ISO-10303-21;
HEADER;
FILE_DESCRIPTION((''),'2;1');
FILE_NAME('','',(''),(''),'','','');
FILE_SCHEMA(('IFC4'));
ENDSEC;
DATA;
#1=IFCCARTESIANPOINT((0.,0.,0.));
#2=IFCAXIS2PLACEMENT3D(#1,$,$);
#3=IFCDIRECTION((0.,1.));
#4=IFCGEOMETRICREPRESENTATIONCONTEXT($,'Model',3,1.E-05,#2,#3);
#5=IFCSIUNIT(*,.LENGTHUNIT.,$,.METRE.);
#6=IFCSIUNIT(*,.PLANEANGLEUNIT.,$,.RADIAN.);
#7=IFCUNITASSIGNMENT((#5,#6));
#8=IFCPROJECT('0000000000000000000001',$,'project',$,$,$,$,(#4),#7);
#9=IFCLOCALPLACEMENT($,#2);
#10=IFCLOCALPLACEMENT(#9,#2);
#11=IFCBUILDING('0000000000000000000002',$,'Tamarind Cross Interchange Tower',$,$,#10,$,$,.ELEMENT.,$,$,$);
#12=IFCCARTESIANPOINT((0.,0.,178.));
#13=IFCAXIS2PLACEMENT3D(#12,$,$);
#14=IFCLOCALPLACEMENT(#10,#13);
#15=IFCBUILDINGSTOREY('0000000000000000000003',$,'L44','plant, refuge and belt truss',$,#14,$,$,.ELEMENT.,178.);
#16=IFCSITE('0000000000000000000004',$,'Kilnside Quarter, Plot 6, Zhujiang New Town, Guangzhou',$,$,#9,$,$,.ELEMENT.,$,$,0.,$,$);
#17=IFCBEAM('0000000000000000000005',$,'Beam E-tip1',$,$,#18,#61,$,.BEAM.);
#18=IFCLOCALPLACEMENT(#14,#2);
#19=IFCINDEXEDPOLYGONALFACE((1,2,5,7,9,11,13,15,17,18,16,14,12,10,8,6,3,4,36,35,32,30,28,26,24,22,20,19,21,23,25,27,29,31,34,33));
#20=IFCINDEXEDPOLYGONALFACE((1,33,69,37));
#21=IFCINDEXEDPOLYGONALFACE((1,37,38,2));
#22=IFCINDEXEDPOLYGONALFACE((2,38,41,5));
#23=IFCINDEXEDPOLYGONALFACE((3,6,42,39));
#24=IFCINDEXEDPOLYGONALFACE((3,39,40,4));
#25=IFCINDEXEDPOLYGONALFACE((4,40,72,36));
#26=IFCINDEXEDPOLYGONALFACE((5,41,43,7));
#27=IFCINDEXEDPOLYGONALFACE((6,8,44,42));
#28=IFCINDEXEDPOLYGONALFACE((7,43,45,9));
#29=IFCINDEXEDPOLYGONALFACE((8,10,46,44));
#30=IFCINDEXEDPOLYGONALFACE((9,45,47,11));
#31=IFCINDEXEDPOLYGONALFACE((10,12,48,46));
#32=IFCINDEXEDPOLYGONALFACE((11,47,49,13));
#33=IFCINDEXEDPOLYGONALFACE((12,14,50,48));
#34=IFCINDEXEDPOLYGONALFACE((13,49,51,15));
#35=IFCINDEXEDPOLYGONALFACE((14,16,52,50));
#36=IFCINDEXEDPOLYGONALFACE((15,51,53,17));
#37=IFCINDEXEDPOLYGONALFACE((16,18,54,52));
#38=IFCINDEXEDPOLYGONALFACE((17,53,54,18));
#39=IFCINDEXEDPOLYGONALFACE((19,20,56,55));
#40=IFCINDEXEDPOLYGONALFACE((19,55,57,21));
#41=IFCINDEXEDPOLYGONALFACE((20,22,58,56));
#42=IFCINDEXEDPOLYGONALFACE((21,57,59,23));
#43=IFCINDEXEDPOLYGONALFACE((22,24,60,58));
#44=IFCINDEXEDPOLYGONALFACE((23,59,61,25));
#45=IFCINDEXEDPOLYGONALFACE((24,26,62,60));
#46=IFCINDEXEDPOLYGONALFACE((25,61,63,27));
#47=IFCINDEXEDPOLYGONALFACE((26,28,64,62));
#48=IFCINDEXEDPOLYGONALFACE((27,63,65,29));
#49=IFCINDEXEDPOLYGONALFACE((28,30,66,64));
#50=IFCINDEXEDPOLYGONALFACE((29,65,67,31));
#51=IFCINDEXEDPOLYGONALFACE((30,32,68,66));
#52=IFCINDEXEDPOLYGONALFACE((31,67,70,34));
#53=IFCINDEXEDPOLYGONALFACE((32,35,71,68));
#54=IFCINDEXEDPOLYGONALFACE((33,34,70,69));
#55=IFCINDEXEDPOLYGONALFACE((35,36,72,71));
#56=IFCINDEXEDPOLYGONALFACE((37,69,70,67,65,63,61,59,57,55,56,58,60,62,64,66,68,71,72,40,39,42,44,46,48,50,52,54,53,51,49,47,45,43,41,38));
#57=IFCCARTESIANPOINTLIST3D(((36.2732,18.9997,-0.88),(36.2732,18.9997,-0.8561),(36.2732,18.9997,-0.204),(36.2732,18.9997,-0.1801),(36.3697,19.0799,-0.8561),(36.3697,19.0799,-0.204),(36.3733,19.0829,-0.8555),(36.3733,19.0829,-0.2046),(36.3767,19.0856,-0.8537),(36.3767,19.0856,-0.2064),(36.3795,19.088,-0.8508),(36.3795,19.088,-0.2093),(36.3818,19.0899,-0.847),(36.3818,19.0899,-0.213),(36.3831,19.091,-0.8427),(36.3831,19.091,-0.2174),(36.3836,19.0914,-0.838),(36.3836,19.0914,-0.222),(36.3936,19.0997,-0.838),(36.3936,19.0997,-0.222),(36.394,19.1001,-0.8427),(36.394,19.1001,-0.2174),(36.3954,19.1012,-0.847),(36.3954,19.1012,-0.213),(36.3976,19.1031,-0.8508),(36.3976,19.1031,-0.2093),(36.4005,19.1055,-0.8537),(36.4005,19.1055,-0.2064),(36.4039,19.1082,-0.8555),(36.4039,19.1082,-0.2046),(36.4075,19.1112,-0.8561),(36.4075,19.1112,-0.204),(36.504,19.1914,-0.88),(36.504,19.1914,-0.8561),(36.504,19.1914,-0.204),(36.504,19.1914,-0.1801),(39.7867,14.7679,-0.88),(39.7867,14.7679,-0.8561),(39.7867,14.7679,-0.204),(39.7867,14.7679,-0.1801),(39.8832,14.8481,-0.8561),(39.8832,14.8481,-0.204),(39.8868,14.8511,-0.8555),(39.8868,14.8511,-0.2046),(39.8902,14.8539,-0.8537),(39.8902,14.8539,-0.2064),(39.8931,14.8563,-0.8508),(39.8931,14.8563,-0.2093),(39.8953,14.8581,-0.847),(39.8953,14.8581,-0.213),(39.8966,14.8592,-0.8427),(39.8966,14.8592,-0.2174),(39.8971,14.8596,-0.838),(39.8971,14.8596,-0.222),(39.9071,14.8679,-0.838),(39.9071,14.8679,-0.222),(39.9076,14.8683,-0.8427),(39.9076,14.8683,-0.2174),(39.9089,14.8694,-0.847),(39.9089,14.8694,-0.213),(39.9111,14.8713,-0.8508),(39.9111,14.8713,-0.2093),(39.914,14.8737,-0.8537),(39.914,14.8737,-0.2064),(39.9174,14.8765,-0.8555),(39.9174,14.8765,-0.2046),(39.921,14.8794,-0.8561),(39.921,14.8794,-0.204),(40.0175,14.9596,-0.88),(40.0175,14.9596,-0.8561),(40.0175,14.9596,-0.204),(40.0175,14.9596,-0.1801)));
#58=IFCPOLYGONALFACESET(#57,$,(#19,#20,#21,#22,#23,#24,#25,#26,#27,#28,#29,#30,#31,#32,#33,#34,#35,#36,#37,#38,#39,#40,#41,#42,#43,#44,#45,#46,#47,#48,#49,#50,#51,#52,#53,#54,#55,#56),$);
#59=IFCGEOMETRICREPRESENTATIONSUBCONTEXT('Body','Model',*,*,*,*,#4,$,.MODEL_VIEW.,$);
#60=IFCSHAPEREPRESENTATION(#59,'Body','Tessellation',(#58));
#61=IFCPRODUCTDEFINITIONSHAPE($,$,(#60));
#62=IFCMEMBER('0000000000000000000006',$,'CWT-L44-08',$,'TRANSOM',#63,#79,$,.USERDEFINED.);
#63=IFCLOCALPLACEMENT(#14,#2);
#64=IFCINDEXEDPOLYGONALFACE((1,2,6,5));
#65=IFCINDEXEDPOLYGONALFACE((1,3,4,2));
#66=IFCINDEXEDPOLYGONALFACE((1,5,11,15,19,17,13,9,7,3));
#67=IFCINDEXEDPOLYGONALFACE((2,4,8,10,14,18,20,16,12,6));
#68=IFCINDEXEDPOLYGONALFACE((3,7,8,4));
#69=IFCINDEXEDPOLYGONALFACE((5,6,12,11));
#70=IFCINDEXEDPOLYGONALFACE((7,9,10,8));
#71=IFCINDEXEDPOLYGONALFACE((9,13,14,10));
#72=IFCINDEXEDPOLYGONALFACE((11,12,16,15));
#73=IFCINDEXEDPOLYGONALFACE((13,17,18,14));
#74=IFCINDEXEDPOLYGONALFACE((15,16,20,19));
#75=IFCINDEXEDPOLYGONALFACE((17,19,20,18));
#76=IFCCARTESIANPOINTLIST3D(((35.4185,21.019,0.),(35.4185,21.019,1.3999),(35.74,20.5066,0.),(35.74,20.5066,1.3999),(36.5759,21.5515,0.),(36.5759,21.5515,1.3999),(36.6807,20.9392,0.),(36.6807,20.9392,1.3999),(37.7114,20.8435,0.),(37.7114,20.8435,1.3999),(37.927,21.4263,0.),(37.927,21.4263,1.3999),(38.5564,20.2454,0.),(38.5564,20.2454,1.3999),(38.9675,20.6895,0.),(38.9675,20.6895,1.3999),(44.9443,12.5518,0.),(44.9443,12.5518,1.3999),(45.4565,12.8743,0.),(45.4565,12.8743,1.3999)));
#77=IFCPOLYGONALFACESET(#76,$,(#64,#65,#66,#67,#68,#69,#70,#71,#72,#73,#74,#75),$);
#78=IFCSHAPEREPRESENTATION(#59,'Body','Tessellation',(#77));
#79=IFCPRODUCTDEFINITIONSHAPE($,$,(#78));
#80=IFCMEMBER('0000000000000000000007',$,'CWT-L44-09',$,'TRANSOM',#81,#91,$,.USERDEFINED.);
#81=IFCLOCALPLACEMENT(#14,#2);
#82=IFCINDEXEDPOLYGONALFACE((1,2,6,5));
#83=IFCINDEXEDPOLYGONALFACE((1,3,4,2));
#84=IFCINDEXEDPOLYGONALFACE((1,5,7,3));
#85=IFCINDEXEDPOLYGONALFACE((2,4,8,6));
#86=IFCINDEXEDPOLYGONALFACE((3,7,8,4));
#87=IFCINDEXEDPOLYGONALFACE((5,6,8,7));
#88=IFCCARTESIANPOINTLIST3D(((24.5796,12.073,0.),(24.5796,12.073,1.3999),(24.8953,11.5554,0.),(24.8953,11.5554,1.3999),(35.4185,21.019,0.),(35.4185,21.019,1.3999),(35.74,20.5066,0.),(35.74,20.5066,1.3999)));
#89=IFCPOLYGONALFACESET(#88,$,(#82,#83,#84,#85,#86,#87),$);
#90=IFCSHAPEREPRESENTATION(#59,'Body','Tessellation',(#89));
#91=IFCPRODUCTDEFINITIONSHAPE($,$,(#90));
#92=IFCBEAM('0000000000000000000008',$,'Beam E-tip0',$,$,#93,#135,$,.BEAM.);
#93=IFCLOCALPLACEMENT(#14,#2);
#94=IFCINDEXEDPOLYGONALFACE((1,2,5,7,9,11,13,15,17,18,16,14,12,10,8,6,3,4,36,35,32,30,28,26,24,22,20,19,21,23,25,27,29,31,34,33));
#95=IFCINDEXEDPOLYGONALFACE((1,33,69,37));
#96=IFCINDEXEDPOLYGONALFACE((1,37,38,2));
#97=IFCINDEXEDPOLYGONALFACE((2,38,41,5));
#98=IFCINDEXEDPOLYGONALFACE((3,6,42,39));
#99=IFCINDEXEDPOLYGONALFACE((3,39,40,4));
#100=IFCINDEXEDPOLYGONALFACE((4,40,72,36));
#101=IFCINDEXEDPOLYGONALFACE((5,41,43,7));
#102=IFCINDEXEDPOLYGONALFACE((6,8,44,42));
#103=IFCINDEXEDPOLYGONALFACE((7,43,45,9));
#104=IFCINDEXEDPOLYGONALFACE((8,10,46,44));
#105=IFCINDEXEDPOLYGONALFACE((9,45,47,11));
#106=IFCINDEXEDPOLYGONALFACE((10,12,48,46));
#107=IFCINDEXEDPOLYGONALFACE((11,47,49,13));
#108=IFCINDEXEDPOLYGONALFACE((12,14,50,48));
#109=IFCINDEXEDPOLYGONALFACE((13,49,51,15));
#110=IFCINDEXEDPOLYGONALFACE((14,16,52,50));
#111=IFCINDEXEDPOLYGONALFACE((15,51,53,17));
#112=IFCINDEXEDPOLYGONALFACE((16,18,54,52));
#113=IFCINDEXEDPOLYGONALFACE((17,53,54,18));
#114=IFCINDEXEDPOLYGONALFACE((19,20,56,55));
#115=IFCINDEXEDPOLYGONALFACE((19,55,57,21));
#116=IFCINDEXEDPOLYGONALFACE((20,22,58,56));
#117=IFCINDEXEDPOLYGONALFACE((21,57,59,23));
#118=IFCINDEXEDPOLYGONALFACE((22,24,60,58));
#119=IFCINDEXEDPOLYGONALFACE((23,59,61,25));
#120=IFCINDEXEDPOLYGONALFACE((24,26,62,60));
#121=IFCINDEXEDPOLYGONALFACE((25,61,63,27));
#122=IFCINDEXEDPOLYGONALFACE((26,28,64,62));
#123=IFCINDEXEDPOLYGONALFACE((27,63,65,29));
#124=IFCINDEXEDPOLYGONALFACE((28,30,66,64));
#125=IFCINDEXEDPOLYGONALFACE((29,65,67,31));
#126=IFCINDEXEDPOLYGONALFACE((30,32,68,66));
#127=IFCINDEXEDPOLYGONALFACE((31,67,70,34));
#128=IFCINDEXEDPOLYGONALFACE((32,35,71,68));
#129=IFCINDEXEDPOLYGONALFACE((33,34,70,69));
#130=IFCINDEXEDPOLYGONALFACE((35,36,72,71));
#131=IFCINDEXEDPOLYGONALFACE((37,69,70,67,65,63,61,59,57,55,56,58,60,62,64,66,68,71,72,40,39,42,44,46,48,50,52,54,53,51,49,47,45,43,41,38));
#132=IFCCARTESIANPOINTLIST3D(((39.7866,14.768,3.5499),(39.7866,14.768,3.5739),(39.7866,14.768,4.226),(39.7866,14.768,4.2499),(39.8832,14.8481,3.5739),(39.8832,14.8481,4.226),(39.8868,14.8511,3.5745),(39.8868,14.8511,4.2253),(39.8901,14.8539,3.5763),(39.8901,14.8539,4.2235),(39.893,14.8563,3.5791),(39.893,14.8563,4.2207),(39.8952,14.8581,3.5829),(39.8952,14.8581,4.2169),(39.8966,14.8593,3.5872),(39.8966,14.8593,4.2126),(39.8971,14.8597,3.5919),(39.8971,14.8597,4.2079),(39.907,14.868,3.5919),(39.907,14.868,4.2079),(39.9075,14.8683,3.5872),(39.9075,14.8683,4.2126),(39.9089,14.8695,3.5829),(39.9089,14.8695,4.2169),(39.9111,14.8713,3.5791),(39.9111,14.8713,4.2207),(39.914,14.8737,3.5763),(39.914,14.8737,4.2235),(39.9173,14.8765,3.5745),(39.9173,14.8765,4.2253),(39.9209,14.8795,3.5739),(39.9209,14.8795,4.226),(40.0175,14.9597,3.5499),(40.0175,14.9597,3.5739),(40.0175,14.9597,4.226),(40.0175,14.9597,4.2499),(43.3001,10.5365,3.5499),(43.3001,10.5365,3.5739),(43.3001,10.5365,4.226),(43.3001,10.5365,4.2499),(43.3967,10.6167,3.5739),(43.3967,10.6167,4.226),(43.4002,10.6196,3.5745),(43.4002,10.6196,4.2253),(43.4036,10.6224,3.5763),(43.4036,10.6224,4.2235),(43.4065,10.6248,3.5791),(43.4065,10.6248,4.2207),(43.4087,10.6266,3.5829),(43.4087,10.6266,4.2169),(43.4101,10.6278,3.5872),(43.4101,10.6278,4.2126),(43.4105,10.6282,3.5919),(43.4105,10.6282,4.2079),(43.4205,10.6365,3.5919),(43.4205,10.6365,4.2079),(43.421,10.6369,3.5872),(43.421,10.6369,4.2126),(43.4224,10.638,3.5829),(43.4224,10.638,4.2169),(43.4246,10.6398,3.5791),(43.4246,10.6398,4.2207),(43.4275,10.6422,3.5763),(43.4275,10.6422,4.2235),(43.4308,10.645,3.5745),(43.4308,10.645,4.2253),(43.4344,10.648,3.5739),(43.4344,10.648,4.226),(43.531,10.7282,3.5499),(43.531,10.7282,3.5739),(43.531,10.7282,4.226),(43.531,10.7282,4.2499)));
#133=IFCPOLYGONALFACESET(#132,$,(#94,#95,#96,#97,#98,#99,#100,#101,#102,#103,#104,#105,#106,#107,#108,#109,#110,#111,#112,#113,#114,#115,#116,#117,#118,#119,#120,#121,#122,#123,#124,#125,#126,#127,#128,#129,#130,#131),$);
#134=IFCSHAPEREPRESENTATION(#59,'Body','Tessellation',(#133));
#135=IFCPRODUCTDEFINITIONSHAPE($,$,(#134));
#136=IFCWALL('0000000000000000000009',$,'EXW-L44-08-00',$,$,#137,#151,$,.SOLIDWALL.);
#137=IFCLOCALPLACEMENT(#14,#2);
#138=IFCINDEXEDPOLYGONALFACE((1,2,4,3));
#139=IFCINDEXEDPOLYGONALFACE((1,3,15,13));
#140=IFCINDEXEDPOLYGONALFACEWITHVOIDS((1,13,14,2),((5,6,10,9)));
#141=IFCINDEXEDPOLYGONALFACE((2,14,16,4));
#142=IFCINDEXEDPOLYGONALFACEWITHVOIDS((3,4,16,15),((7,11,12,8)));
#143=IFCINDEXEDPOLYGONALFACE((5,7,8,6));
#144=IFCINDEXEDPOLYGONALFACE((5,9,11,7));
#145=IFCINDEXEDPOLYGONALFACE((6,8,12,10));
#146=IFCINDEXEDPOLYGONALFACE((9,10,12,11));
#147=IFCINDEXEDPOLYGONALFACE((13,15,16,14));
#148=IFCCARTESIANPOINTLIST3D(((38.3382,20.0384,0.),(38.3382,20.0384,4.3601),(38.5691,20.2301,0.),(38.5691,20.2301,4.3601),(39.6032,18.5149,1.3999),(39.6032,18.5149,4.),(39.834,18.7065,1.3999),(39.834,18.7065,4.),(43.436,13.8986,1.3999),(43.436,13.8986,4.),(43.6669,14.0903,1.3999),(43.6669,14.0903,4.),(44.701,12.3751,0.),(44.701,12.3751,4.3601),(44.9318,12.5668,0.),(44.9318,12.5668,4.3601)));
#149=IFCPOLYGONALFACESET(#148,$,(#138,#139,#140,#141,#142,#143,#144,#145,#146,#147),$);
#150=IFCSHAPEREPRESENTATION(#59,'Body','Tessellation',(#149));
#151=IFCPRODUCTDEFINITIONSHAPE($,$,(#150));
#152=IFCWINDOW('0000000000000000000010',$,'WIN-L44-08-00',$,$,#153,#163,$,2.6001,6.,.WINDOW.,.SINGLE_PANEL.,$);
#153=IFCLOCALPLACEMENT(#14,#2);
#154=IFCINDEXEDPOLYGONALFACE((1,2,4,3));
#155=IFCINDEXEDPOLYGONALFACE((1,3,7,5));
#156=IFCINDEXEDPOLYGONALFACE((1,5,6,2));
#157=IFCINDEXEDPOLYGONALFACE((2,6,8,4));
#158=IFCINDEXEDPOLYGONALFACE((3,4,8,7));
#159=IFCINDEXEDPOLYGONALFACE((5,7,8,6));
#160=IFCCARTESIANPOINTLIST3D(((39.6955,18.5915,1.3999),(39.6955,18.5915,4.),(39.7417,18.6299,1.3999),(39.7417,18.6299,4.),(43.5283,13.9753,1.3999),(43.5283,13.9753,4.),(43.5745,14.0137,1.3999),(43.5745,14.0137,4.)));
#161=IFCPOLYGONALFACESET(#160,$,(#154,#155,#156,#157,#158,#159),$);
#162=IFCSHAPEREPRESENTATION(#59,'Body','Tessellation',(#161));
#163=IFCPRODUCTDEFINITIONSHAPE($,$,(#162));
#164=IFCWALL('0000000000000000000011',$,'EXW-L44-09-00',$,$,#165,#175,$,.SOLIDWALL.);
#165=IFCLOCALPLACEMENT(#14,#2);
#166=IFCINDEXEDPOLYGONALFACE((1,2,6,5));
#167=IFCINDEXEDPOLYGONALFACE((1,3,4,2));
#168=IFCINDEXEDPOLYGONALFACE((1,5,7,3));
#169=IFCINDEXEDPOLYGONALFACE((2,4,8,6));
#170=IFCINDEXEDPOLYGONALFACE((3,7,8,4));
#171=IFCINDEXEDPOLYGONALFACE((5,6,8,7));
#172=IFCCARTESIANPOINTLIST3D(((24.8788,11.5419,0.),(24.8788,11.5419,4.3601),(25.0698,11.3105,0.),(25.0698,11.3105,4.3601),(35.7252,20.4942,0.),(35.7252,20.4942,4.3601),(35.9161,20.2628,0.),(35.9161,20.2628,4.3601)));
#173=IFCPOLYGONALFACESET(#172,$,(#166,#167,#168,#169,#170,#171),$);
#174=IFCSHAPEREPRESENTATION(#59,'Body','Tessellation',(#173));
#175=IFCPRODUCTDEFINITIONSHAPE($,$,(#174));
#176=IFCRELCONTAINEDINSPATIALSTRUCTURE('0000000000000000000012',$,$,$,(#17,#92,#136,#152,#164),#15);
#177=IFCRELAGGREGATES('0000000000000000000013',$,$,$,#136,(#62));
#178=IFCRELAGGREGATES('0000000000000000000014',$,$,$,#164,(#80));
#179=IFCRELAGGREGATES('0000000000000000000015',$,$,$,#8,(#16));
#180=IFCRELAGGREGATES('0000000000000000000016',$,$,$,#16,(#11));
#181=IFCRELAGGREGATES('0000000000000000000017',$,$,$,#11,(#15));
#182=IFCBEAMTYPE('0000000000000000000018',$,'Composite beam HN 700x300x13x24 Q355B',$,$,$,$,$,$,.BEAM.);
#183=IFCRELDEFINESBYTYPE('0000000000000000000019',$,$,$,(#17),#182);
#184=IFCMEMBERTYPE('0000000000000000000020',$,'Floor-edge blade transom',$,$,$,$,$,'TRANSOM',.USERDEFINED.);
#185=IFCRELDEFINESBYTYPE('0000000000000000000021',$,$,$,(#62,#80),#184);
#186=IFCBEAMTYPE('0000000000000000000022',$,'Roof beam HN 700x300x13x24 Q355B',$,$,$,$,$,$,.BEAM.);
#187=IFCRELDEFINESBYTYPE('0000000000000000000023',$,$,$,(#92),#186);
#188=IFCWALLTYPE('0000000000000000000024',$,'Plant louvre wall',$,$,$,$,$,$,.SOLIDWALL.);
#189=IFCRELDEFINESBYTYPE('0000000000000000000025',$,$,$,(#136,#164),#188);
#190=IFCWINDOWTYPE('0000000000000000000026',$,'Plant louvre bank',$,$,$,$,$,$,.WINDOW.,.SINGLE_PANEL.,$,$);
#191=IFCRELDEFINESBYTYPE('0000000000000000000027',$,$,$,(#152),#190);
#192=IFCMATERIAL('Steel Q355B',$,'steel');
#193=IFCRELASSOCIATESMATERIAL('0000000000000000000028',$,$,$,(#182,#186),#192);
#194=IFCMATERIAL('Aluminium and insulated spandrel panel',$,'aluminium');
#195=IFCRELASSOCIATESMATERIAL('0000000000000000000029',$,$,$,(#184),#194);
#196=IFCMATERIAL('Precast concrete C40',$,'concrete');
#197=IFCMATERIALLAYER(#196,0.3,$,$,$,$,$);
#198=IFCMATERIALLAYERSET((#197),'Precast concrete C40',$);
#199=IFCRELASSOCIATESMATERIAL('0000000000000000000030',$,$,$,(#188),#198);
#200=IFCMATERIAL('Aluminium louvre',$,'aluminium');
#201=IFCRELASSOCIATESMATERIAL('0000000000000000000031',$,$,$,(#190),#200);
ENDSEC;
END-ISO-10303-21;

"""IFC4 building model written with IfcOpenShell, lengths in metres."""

from ifc_helpers import new_model, si_unit, direction, frame, frame_2d, origin, origin_2d, place, context, subcontext, project, spatial, polyline, rectangle, i_section, outline, extrude, material, layer, layer_set, material_profile, profile_set, type_object, element, fill, aggregate, save


model = new_model("IFC4")

# Units and contexts
model_context = context("Model", 3, precision=1e-05, world=origin(), true_north=direction((0.0, 1.0)))
body_context = subcontext(model_context, "Body", "Model", "MODEL_VIEW")
ifc_project = project(units=[si_unit("LENGTHUNIT", "METRE"), si_unit("PLANEANGLEUNIT", "RADIAN")], contexts=[model_context])

# Site, building, storey
site_placement = place(None, origin())
site = spatial("IfcSite", under=ifc_project, at=site_placement, Name="Kilnside Quarter, Plot 6, Zhujiang New Town, Guangzhou", CompositionType="ELEMENT", RefElevation=0.0)
building_placement = place(site_placement, origin())
building = spatial("IfcBuilding", under=site, at=building_placement, Name="Tamarind Cross Interchange Tower", CompositionType="ELEMENT")
storey_placement = place(building_placement, frame((0.0, 0.0, 178.0)))
storey = spatial("IfcBuildingStorey", under=building, at=storey_placement, Name="L44", Description="plant, refuge and belt truss", CompositionType="ELEMENT", Elevation=178.0)

# Beam
ifc_material_1 = material(Name="Steel Q355B", Category="steel")
ifc_material_profile_1 = material_profile(ifc_material_1, i_section(OverallWidth=0.3, OverallDepth=0.7, WebThickness=0.0129, FlangeThickness=0.0239, FilletRadius=0.0181, at=origin_2d()), Name="HN 700x300x13x24")
ifc_profile_set_1 = profile_set([ifc_material_profile_1], Name="Steel Q355B")
beam_type_1 = type_object("IfcBeamType", Name="Composite beam HN 700x300x13x24 Q355B", PredefinedType="BEAM", material=ifc_profile_set_1)
beam_1_placement = place(storey_placement, frame((39.9021, 14.8638, -0.53), z_axis=(-0.638791, 0.769381, 0.0), x_axis=(-0.769381, -0.638791, 0.0)))
element("IfcBeam", 1, at=beam_1_placement, inside=storey, type_object=beam_type_1, Name="Beam E-tip1", PredefinedType="BEAM", context=body_context, shape_type="SweptSolid", body=[
    extrude(i_section(OverallWidth=0.3, OverallDepth=0.7, WebThickness=0.0129, FlangeThickness=0.0239, FilletRadius=0.0181, at=origin_2d()), origin(), (0.0, 0.0, 1.0), 5.5002),
])

# Members
ifc_material_2 = material(Name="Aluminium and insulated spandrel panel", Category="aluminium")
member_type_1 = type_object("IfcMemberType", Name="Floor-edge blade transom", ElementType="TRANSOM", PredefinedType="USERDEFINED", material=ifc_material_2)
member_1_placement = place(storey_placement, origin())
member_1 = element("IfcMember", 2, at=member_1_placement, type_object=member_type_1, Name="CWT-L44-08", ObjectType="TRANSOM", PredefinedType="USERDEFINED", context=body_context, shape_type="SweptSolid", body=[
    extrude(outline(polyline([(44.9443, 12.5518), (38.5564, 20.2454), (37.7114, 20.8435), (36.6807, 20.9392), (35.74, 20.5066), (35.4185, 21.019), (36.5759, 21.5515), (37.927, 21.4263), (38.9675, 20.6895), (45.4565, 12.8743), (44.9443, 12.5518)])), origin(), (0.0, 0.0, 1.0), 1.3999),
])
member_2_placement = place(storey_placement, origin())
member_2 = element("IfcMember", 3, at=member_2_placement, type_object=member_type_1, Name="CWT-L44-09", ObjectType="TRANSOM", PredefinedType="USERDEFINED", context=body_context, shape_type="SweptSolid", body=[
    extrude(outline(polyline([(35.74, 20.5066), (24.8953, 11.5554), (24.5796, 12.073), (35.4185, 21.019), (35.74, 20.5066)])), origin(), (0.0, 0.0, 1.0), 1.3999),
])

# Beam
ifc_material_profile_2 = material_profile(ifc_material_1, i_section(OverallWidth=0.3, OverallDepth=0.7, WebThickness=0.0129, FlangeThickness=0.0239, FilletRadius=0.0181, at=origin_2d()), Name="HN 700x300x13x24")
ifc_profile_set_2 = profile_set([ifc_material_profile_2], Name="Steel Q355B")
beam_type_2 = type_object("IfcBeamType", Name="Roof beam HN 700x300x13x24 Q355B", PredefinedType="BEAM", material=ifc_profile_set_2)
beam_2_placement = place(storey_placement, frame((43.4155, 10.6323, 3.8999), z_axis=(-0.638812, 0.769363, 0.0), x_axis=(-0.769363, -0.638812, 0.0)))
element("IfcBeam", 4, at=beam_2_placement, inside=storey, type_object=beam_type_2, Name="Beam E-tip0", PredefinedType="BEAM", context=body_context, shape_type="SweptSolid", body=[
    extrude(i_section(OverallWidth=0.3, OverallDepth=0.7, WebThickness=0.0129, FlangeThickness=0.0239, FilletRadius=0.0181, at=origin_2d()), origin(), (0.0, 0.0, 1.0), 5.5),
])

# Wall, opening, window
ifc_material_3 = material(Name="Precast concrete C40", Category="concrete")
ifc_layer_1 = layer(ifc_material_3, 0.3)
ifc_layer_set_1 = layer_set([ifc_layer_1], Name="Precast concrete C40")
wall_type_1 = type_object("IfcWallType", Name="Plant louvre wall", PredefinedType="SOLIDWALL", material=ifc_layer_set_1)
ifc_material_4 = material(Name="Aluminium louvre", Category="aluminium")
window_type = type_object("IfcWindowType", Name="Plant louvre bank", PartitioningType="SINGLE_PANEL", PredefinedType="WINDOW", material=ifc_material_4)
wall_1_placement = place(storey_placement, frame((44.8164, 12.4709, 0.0), z_axis=(0.0, 0.0, 1.0), x_axis=(-0.638802, 0.769371, 0.0)))
wall_1 = element("IfcWall", 5, at=wall_1_placement, inside=storey, type_object=wall_type_1, Name="EXW-L44-08-00", PredefinedType="SOLIDWALL", context=body_context, shape_type="SweptSolid", body=[
    extrude(rectangle(XDim=9.9604, YDim=0.3, at=frame_2d((4.9802, 0.0))), origin(), (0.0, 0.0, 1.0), 4.3601),
])
opening_1_placement = place(wall_1_placement, frame((1.9802, 0.0, 1.3999)))
opening_1 = element("IfcOpeningElement", 6, at=opening_1_placement, cuts=wall_1, PredefinedType="OPENING", context=body_context, shape_type="SweptSolid", body=[
    extrude(rectangle(XDim=6.0, YDim=2.6001, at=frame_2d((3.0, 1.3))), frame((0.0, 0.1599, 0.0), z_axis=(0.0, -1.0, 0.0), x_axis=(1.0, 0.0, 0.0)), (0.0, 0.0, 1.0), 0.3201),
])
window_1_placement = place(opening_1_placement, origin())
window_1 = element("IfcWindow", 7, at=window_1_placement, inside=storey, type_object=window_type, Name="WIN-L44-08-00", OverallHeight=2.6001, OverallWidth=6.0, PartitioningType="SINGLE_PANEL", PredefinedType="WINDOW", context=body_context, shape_type="SweptSolid", body=[
    extrude(rectangle(XDim=6.0, YDim=2.6001, at=frame_2d((3.0, 1.3))), frame((0.0, 0.03, 0.0), z_axis=(0.0, -1.0, 0.0), x_axis=(1.0, 0.0, 0.0)), (0.0, 0.0, 1.0), 0.0601),
])
fill(opening_1, window_1)
aggregate(wall_1, [member_1])

# Wall
wall_2_placement = place(storey_placement, frame((35.8206, 20.3784, 0.0), z_axis=(0.0, 0.0, 1.0), x_axis=(-0.771231, -0.636556, 0.0)))
wall_2 = element("IfcWall", 8, at=wall_2_placement, inside=storey, type_object=wall_type_1, Name="EXW-L44-09-00", PredefinedType="SOLIDWALL", context=body_context, shape_type="SweptSolid", body=[
    extrude(rectangle(XDim=14.0637, YDim=0.3, at=frame_2d((7.0317, 0.0))), origin(), (0.0, 0.0, 1.0), 4.3601),
])
aggregate(wall_2, [member_2])

save(model, "model.ifc")
